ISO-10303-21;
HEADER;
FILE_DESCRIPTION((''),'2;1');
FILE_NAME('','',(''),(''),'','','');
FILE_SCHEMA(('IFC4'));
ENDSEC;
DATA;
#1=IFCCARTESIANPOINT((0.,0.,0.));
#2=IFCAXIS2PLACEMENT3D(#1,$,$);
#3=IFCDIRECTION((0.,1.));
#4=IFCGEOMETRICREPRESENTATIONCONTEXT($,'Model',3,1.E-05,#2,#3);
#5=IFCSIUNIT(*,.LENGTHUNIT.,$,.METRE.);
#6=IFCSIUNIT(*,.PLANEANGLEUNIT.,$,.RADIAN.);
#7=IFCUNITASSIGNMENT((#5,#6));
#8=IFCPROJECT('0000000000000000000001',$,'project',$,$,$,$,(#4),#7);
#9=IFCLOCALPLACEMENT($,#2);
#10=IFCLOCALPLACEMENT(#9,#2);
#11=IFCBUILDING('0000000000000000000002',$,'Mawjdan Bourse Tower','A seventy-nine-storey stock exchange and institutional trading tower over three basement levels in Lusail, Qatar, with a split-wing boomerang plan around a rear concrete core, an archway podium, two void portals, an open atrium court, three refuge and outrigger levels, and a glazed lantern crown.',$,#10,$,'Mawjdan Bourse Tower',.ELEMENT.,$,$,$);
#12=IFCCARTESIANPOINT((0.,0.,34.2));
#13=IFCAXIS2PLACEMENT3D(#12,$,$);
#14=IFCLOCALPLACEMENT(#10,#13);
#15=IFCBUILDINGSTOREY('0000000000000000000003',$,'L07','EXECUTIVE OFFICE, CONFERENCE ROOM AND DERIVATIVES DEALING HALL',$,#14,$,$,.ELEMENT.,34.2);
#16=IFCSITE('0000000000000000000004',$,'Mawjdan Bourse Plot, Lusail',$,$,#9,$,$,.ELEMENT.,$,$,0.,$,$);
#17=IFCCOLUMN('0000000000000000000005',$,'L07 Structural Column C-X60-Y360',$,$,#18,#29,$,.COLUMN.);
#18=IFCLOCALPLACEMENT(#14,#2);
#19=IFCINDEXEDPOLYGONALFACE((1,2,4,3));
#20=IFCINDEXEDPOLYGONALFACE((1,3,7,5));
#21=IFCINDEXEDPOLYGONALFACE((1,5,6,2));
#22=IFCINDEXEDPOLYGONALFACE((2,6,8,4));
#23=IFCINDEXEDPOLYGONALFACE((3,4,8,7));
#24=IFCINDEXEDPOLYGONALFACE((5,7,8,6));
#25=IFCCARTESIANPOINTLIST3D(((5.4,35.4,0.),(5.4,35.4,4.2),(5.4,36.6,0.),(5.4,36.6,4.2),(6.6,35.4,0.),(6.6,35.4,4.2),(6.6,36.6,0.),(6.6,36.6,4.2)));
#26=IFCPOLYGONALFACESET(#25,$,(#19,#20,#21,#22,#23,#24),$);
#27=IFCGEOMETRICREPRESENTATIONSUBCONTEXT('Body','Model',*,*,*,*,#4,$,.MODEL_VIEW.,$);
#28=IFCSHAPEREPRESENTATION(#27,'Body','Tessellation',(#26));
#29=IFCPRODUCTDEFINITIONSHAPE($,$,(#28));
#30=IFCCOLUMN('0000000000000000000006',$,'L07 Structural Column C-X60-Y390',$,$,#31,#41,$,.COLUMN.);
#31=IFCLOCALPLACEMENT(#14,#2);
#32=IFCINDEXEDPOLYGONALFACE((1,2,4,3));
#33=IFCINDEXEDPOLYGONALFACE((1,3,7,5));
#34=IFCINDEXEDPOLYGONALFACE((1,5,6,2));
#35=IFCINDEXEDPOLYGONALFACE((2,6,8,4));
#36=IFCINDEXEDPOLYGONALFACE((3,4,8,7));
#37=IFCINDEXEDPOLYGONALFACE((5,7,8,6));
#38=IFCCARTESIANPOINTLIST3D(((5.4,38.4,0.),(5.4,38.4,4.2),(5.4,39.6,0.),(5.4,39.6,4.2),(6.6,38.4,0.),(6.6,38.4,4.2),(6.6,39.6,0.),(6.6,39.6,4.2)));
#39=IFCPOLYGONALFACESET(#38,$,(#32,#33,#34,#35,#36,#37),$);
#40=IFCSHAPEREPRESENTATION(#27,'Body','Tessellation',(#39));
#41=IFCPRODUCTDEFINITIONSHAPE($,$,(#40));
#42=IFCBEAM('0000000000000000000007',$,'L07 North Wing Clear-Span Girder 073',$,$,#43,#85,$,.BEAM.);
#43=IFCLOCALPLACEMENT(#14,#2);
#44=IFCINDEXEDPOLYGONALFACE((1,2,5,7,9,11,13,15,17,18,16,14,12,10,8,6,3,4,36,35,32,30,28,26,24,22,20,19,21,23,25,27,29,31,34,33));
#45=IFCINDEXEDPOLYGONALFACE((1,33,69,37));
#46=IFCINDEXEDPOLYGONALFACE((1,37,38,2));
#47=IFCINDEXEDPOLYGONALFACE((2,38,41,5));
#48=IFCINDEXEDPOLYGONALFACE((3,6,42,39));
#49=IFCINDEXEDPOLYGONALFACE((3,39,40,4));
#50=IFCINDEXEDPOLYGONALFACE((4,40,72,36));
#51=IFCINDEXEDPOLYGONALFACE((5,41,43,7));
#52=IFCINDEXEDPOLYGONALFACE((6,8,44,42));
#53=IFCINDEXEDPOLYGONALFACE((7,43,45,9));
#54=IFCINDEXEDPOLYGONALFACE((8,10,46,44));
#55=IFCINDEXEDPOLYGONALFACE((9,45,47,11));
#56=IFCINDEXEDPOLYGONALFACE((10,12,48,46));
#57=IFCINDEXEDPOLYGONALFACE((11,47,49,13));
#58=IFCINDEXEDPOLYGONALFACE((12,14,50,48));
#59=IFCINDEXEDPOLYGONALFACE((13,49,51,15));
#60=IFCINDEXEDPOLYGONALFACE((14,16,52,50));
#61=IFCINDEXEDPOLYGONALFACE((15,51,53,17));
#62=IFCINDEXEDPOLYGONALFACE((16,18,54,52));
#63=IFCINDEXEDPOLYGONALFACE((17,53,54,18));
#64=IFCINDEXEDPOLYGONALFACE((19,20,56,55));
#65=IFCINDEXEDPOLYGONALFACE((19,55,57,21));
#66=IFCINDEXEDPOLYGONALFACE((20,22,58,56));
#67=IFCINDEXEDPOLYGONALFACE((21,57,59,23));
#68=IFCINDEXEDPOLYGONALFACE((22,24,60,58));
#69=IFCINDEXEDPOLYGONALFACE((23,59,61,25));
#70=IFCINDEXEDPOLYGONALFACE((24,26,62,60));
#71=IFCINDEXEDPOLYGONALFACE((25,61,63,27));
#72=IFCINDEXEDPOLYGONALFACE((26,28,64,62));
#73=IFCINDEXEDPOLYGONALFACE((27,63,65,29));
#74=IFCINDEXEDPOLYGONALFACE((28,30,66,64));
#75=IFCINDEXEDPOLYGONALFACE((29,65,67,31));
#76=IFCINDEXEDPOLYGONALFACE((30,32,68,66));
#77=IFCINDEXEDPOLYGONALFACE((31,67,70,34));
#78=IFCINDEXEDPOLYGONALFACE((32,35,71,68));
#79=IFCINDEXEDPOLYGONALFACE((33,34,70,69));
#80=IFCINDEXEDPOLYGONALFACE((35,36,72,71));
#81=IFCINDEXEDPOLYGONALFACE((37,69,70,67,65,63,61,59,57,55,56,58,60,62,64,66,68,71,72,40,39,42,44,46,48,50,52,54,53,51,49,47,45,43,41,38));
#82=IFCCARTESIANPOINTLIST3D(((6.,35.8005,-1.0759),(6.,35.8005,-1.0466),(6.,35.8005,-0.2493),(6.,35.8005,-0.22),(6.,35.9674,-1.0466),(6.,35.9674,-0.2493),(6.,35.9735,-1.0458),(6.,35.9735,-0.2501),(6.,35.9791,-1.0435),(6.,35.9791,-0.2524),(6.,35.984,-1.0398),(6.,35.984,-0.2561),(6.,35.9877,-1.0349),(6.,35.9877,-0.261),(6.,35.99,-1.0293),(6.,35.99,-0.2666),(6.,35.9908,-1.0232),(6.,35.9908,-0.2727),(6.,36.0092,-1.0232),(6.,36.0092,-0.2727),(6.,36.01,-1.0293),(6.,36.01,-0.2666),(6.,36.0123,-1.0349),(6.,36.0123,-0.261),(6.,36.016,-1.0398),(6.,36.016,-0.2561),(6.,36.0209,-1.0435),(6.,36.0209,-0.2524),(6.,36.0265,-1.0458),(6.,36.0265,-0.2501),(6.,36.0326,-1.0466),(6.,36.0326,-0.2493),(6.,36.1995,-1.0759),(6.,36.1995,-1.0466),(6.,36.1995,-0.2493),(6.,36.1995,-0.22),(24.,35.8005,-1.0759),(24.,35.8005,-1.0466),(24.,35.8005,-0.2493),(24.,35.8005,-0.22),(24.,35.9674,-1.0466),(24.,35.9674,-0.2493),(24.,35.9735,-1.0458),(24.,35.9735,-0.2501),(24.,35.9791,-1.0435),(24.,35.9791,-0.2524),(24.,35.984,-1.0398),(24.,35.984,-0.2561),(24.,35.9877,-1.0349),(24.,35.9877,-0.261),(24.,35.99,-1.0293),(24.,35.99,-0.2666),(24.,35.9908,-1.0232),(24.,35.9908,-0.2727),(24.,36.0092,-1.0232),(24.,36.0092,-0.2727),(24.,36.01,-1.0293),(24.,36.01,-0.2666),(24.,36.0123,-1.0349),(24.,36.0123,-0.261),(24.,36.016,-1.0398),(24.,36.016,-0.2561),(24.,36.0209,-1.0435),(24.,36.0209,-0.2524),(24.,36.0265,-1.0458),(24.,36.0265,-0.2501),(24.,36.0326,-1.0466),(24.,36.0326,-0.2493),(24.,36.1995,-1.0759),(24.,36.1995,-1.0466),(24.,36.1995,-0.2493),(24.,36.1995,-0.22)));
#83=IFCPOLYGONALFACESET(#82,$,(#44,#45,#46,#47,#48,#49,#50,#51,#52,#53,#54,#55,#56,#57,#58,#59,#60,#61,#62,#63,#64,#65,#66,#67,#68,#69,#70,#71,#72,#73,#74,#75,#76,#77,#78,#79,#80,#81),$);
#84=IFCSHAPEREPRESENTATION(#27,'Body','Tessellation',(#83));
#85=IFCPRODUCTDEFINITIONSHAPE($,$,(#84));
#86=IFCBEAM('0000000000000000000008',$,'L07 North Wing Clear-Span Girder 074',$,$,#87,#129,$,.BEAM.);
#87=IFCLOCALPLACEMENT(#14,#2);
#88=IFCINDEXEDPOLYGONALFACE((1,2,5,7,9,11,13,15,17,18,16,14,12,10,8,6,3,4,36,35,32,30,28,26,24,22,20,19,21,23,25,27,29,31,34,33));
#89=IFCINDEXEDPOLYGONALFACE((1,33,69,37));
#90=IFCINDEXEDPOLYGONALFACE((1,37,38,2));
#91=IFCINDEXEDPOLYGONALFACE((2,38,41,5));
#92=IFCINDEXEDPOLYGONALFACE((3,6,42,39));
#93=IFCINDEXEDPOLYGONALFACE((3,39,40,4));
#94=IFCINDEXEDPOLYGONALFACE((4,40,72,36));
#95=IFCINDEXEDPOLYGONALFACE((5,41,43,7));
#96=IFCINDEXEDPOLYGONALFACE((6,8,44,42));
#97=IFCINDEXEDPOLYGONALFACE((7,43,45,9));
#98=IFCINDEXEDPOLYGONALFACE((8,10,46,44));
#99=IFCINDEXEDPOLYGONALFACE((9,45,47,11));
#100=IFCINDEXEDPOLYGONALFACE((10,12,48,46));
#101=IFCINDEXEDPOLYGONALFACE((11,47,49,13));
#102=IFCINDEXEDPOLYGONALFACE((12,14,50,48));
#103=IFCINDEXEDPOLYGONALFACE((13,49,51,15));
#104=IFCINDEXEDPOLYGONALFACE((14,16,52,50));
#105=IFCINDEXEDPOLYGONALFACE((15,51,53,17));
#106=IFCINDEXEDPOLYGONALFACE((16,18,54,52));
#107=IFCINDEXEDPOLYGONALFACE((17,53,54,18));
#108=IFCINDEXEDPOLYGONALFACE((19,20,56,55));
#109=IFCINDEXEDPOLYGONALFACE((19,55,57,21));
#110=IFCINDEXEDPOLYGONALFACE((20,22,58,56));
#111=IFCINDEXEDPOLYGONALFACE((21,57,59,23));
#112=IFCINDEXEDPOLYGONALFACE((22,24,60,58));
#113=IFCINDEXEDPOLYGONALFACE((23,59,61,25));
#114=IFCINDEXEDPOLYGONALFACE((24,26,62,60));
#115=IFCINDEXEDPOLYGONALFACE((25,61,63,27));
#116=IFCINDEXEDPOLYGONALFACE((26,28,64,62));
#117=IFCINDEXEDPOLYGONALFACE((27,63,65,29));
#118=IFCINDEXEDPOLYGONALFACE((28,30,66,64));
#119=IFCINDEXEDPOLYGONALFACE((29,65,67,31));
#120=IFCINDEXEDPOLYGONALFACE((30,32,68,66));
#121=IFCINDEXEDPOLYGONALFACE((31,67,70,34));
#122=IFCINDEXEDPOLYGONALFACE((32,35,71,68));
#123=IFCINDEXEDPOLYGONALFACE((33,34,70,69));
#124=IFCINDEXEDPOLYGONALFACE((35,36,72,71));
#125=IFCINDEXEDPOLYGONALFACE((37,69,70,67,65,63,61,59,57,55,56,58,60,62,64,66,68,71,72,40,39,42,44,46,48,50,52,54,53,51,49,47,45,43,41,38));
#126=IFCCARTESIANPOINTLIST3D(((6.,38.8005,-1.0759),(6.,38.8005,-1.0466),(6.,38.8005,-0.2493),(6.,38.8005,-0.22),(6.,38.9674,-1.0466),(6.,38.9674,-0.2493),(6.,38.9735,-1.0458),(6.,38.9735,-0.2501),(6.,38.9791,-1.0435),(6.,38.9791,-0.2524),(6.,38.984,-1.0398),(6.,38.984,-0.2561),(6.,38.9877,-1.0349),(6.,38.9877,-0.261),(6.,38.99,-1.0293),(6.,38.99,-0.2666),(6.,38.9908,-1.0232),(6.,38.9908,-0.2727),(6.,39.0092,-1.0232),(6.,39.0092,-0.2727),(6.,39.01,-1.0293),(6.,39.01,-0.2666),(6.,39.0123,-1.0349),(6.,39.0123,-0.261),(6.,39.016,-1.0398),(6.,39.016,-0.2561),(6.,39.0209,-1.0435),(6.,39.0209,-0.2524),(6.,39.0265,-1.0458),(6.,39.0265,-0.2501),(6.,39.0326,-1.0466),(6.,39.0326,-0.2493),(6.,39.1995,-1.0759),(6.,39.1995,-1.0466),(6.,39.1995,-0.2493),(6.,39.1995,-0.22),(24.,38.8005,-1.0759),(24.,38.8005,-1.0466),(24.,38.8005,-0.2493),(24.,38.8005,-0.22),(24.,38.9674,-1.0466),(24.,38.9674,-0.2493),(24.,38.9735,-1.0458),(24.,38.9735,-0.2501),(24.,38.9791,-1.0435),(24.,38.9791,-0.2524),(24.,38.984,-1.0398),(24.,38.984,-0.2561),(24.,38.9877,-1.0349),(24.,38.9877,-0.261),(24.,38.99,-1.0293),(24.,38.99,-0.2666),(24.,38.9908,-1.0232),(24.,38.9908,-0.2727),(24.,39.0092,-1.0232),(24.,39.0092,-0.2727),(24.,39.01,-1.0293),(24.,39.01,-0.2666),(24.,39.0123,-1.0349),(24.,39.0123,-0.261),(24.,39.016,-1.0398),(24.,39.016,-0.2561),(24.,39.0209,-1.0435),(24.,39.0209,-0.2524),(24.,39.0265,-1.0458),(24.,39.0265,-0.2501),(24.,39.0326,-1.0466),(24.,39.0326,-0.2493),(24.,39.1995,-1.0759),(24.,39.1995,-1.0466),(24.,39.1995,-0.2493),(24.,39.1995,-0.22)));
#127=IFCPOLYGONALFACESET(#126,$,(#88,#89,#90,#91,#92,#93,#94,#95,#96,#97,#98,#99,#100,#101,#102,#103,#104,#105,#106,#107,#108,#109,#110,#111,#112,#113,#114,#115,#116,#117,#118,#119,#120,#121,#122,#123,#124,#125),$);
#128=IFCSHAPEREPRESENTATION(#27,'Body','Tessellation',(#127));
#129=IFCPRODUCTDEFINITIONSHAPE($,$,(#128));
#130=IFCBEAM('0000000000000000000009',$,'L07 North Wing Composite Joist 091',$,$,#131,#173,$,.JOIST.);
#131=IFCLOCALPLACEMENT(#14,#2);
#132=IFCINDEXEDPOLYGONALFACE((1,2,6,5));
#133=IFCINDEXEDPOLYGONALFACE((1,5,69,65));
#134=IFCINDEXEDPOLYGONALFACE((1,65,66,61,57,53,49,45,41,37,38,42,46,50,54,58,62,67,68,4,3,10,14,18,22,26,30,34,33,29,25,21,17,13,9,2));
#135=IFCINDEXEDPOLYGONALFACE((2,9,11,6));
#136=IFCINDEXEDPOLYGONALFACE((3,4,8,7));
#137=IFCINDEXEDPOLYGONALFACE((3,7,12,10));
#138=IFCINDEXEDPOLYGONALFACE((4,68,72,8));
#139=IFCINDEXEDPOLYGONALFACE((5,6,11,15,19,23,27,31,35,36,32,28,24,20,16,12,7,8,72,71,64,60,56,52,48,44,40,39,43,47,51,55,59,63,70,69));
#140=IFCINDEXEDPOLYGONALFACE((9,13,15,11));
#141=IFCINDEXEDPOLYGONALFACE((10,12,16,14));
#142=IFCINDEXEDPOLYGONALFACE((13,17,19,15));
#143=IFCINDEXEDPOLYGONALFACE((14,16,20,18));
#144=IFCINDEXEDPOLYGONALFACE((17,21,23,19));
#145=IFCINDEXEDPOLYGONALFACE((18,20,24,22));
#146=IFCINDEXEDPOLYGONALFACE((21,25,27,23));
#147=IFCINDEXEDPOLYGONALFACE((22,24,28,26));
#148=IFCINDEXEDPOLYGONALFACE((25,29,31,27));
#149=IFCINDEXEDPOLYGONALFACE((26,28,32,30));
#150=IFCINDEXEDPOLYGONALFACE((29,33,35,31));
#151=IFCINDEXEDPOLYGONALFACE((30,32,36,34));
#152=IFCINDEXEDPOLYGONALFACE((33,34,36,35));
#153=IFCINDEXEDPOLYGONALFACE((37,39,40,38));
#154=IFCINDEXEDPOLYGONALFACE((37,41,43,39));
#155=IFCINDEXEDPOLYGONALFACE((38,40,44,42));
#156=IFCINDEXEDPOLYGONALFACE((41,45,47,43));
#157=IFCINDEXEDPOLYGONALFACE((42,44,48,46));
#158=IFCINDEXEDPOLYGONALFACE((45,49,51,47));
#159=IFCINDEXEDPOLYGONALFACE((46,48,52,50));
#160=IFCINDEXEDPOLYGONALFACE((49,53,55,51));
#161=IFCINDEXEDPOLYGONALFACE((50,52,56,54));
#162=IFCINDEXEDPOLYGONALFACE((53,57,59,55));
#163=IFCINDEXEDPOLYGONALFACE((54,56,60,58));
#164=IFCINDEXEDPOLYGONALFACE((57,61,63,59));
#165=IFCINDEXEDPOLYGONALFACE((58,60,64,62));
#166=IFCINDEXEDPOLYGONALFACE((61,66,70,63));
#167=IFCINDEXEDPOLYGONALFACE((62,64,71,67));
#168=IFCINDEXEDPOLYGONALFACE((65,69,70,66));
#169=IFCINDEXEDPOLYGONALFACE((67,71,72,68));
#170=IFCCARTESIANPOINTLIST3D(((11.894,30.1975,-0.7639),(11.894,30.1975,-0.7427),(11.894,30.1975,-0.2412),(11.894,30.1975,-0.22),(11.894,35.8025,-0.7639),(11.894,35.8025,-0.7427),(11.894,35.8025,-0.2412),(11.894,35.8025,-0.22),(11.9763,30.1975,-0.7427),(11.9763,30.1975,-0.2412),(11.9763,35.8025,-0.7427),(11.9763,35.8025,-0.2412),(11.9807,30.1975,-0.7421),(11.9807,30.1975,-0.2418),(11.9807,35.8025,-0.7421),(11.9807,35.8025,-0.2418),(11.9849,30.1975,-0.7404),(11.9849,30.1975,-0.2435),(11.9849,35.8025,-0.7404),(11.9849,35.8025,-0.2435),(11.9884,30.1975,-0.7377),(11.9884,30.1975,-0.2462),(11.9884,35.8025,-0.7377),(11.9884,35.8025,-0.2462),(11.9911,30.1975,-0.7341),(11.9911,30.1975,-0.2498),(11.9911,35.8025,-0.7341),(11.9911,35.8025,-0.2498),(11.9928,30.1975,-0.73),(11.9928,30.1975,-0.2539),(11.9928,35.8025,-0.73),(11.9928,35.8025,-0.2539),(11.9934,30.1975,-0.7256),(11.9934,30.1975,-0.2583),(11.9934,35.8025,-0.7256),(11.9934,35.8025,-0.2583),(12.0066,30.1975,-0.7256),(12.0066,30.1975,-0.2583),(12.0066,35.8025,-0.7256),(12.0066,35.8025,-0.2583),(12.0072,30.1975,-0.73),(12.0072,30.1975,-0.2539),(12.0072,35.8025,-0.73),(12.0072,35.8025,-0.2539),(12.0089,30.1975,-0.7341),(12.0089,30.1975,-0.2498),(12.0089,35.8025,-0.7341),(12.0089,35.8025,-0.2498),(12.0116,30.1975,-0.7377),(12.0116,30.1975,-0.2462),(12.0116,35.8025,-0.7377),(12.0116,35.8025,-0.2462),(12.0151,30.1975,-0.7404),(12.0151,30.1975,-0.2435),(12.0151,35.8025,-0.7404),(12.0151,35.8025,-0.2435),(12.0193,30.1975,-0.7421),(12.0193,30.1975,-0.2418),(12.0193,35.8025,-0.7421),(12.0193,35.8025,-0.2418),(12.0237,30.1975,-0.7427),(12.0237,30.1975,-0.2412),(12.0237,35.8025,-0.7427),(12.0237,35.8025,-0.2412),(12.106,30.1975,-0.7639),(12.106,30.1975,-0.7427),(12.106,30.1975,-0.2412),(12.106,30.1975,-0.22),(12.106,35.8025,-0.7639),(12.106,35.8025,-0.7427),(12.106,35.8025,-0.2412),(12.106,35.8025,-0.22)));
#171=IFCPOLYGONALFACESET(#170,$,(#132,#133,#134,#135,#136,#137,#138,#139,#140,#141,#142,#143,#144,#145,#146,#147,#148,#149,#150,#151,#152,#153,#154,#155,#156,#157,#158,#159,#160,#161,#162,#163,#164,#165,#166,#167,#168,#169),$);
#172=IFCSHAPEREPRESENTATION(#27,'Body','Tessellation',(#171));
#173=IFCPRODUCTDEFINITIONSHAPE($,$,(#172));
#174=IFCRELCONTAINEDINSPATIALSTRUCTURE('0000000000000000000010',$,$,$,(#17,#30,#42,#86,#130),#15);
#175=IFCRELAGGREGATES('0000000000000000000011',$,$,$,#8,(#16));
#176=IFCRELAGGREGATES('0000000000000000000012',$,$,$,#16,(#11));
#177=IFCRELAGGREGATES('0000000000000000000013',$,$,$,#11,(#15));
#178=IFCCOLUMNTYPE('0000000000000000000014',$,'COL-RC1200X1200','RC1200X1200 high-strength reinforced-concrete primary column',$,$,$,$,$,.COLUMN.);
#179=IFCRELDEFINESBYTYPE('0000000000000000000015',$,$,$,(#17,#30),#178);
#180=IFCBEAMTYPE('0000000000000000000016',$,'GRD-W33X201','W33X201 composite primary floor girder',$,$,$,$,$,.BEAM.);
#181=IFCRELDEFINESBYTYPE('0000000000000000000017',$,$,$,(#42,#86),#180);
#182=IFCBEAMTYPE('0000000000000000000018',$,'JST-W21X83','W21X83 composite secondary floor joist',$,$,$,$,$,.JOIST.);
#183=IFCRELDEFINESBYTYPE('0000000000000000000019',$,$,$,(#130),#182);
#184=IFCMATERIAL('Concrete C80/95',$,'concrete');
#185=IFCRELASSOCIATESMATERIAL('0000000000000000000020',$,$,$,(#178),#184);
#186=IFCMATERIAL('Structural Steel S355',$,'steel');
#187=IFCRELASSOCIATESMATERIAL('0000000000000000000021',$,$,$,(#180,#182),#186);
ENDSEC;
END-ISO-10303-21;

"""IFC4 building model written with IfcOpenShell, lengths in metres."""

from ifc_helpers import new_model, si_unit, direction, frame, origin, origin_2d, place, context, subcontext, project, spatial, rectangle, i_section, extrude, material, material_profile, profile_set, type_object, element, save


model = new_model("IFC4")

# Units and contexts
model_context = context("Model", 3, precision=1e-05, world=origin(), true_north=direction((0.0, 1.0)))
body_context = subcontext(model_context, "Body", "Model", "MODEL_VIEW")
ifc_project = project(units=[si_unit("LENGTHUNIT", "METRE"), si_unit("PLANEANGLEUNIT", "RADIAN")], contexts=[model_context])

# Site, building, storey
site_placement = place(None, origin())
site = spatial("IfcSite", under=ifc_project, at=site_placement, Name="Mawjdan Bourse Plot, Lusail", CompositionType="ELEMENT", RefElevation=0.0)
building_placement = place(site_placement, origin())
building = spatial("IfcBuilding", under=site, at=building_placement, Name="Mawjdan Bourse Tower", Description="A seventy-nine-storey stock exchange and institutional trading tower over three basement levels in Lusail, Qatar, with a split-wing boomerang plan around a rear concrete core, an archway podium, two void portals, an open atrium court, three refuge and outrigger levels, and a glazed lantern crown.", LongName="Mawjdan Bourse Tower", CompositionType="ELEMENT")
storey_placement = place(building_placement, frame((0.0, 0.0, 34.2)))
storey = spatial("IfcBuildingStorey", under=building, at=storey_placement, Name="L07", Description="EXECUTIVE OFFICE, CONFERENCE ROOM AND DERIVATIVES DEALING HALL", CompositionType="ELEMENT", Elevation=34.2)

# Columns
ifc_material_1 = material(Name="Concrete C80/95", Category="concrete")
ifc_material_profile_1 = material_profile(ifc_material_1, rectangle(XDim=1.2, YDim=1.2, at=origin_2d()), Name="RC1200X1200")
ifc_profile_set_1 = profile_set([ifc_material_profile_1], Name="Concrete C80/95")
column_type = type_object("IfcColumnType", Name="COL-RC1200X1200", Description="RC1200X1200 high-strength reinforced-concrete primary column", PredefinedType="COLUMN", material=ifc_profile_set_1)
for number, where, z_axis, x_axis, name in (
    (1, (6.0, 36.0, 0.0), (0.0, 0.0, 1.0), (1.0, 0.0, 0.0), "L07 Structural Column C-X60-Y360"),
    (2, (6.0, 39.0, 0.0), (0.0, 0.0, 1.0), (1.0, 0.0, 0.0), "L07 Structural Column C-X60-Y390"),
):
    element("IfcColumn", number, at=place(storey_placement, frame(where, z_axis=z_axis, x_axis=x_axis)), inside=storey, type_object=column_type, Name=name, PredefinedType="COLUMN", context=body_context, shape_type="SweptSolid", body=[
        extrude(rectangle(XDim=1.2, YDim=1.2, at=origin_2d()), origin(), (0.0, 0.0, 1.0), 4.2),
    ])

# Beams
ifc_material_2 = material(Name="Structural Steel S355", Category="steel")
ifc_material_profile_2 = material_profile(ifc_material_2, i_section(OverallWidth=0.3989, OverallDepth=0.856, WebThickness=0.0183, FlangeThickness=0.0293, FilletRadius=0.0234, at=origin_2d()), Name="W33X201")
ifc_profile_set_2 = profile_set([ifc_material_profile_2], Name="Structural Steel S355")
beam_type_1 = type_object("IfcBeamType", Name="GRD-W33X201", Description="W33X201 composite primary floor girder", PredefinedType="BEAM", material=ifc_profile_set_2)
for number, where, z_axis, x_axis, name in (
    (3, (6.0, 36.0, -0.6479), (1.0, 0.0, 0.0), (0.0, 1.0, 0.0), "L07 North Wing Clear-Span Girder 073"),
    (4, (6.0, 39.0, -0.6479), (1.0, 0.0, 0.0), (0.0, 1.0, 0.0), "L07 North Wing Clear-Span Girder 074"),
):
    element("IfcBeam", number, at=place(storey_placement, frame(where, z_axis=z_axis, x_axis=x_axis)), inside=storey, type_object=beam_type_1, Name=name, PredefinedType="BEAM", context=body_context, shape_type="SweptSolid", body=[
        extrude(i_section(OverallWidth=0.3989, OverallDepth=0.856, WebThickness=0.0183, FlangeThickness=0.0293, FilletRadius=0.0234, at=origin_2d()), origin(), (0.0, 0.0, 1.0), 18.0),
    ])
ifc_material_profile_3 = material_profile(ifc_material_2, i_section(OverallWidth=0.2119, OverallDepth=0.5439, WebThickness=0.0132, FlangeThickness=0.0212, FilletRadius=0.0171, at=origin_2d()), Name="W21X83")
ifc_profile_set_3 = profile_set([ifc_material_profile_3], Name="Structural Steel S355")
beam_type_2 = type_object("IfcBeamType", Name="JST-W21X83", Description="W21X83 composite secondary floor joist", PredefinedType="JOIST", material=ifc_profile_set_3)
beam_1_placement = place(storey_placement, frame((12.0, 30.1975, -0.4919), z_axis=(0.0, 1.0, 0.0), x_axis=(-1.0, 0.0, 0.0)))
element("IfcBeam", 5, at=beam_1_placement, inside=storey, type_object=beam_type_2, Name="L07 North Wing Composite Joist 091", PredefinedType="JOIST", context=body_context, shape_type="SweptSolid", body=[
    extrude(i_section(OverallWidth=0.2119, OverallDepth=0.5439, WebThickness=0.0132, FlangeThickness=0.0212, FilletRadius=0.0171, at=origin_2d()), origin(), (0.0, 0.0, 1.0), 5.605),
])

save(model, "model.ifc")
